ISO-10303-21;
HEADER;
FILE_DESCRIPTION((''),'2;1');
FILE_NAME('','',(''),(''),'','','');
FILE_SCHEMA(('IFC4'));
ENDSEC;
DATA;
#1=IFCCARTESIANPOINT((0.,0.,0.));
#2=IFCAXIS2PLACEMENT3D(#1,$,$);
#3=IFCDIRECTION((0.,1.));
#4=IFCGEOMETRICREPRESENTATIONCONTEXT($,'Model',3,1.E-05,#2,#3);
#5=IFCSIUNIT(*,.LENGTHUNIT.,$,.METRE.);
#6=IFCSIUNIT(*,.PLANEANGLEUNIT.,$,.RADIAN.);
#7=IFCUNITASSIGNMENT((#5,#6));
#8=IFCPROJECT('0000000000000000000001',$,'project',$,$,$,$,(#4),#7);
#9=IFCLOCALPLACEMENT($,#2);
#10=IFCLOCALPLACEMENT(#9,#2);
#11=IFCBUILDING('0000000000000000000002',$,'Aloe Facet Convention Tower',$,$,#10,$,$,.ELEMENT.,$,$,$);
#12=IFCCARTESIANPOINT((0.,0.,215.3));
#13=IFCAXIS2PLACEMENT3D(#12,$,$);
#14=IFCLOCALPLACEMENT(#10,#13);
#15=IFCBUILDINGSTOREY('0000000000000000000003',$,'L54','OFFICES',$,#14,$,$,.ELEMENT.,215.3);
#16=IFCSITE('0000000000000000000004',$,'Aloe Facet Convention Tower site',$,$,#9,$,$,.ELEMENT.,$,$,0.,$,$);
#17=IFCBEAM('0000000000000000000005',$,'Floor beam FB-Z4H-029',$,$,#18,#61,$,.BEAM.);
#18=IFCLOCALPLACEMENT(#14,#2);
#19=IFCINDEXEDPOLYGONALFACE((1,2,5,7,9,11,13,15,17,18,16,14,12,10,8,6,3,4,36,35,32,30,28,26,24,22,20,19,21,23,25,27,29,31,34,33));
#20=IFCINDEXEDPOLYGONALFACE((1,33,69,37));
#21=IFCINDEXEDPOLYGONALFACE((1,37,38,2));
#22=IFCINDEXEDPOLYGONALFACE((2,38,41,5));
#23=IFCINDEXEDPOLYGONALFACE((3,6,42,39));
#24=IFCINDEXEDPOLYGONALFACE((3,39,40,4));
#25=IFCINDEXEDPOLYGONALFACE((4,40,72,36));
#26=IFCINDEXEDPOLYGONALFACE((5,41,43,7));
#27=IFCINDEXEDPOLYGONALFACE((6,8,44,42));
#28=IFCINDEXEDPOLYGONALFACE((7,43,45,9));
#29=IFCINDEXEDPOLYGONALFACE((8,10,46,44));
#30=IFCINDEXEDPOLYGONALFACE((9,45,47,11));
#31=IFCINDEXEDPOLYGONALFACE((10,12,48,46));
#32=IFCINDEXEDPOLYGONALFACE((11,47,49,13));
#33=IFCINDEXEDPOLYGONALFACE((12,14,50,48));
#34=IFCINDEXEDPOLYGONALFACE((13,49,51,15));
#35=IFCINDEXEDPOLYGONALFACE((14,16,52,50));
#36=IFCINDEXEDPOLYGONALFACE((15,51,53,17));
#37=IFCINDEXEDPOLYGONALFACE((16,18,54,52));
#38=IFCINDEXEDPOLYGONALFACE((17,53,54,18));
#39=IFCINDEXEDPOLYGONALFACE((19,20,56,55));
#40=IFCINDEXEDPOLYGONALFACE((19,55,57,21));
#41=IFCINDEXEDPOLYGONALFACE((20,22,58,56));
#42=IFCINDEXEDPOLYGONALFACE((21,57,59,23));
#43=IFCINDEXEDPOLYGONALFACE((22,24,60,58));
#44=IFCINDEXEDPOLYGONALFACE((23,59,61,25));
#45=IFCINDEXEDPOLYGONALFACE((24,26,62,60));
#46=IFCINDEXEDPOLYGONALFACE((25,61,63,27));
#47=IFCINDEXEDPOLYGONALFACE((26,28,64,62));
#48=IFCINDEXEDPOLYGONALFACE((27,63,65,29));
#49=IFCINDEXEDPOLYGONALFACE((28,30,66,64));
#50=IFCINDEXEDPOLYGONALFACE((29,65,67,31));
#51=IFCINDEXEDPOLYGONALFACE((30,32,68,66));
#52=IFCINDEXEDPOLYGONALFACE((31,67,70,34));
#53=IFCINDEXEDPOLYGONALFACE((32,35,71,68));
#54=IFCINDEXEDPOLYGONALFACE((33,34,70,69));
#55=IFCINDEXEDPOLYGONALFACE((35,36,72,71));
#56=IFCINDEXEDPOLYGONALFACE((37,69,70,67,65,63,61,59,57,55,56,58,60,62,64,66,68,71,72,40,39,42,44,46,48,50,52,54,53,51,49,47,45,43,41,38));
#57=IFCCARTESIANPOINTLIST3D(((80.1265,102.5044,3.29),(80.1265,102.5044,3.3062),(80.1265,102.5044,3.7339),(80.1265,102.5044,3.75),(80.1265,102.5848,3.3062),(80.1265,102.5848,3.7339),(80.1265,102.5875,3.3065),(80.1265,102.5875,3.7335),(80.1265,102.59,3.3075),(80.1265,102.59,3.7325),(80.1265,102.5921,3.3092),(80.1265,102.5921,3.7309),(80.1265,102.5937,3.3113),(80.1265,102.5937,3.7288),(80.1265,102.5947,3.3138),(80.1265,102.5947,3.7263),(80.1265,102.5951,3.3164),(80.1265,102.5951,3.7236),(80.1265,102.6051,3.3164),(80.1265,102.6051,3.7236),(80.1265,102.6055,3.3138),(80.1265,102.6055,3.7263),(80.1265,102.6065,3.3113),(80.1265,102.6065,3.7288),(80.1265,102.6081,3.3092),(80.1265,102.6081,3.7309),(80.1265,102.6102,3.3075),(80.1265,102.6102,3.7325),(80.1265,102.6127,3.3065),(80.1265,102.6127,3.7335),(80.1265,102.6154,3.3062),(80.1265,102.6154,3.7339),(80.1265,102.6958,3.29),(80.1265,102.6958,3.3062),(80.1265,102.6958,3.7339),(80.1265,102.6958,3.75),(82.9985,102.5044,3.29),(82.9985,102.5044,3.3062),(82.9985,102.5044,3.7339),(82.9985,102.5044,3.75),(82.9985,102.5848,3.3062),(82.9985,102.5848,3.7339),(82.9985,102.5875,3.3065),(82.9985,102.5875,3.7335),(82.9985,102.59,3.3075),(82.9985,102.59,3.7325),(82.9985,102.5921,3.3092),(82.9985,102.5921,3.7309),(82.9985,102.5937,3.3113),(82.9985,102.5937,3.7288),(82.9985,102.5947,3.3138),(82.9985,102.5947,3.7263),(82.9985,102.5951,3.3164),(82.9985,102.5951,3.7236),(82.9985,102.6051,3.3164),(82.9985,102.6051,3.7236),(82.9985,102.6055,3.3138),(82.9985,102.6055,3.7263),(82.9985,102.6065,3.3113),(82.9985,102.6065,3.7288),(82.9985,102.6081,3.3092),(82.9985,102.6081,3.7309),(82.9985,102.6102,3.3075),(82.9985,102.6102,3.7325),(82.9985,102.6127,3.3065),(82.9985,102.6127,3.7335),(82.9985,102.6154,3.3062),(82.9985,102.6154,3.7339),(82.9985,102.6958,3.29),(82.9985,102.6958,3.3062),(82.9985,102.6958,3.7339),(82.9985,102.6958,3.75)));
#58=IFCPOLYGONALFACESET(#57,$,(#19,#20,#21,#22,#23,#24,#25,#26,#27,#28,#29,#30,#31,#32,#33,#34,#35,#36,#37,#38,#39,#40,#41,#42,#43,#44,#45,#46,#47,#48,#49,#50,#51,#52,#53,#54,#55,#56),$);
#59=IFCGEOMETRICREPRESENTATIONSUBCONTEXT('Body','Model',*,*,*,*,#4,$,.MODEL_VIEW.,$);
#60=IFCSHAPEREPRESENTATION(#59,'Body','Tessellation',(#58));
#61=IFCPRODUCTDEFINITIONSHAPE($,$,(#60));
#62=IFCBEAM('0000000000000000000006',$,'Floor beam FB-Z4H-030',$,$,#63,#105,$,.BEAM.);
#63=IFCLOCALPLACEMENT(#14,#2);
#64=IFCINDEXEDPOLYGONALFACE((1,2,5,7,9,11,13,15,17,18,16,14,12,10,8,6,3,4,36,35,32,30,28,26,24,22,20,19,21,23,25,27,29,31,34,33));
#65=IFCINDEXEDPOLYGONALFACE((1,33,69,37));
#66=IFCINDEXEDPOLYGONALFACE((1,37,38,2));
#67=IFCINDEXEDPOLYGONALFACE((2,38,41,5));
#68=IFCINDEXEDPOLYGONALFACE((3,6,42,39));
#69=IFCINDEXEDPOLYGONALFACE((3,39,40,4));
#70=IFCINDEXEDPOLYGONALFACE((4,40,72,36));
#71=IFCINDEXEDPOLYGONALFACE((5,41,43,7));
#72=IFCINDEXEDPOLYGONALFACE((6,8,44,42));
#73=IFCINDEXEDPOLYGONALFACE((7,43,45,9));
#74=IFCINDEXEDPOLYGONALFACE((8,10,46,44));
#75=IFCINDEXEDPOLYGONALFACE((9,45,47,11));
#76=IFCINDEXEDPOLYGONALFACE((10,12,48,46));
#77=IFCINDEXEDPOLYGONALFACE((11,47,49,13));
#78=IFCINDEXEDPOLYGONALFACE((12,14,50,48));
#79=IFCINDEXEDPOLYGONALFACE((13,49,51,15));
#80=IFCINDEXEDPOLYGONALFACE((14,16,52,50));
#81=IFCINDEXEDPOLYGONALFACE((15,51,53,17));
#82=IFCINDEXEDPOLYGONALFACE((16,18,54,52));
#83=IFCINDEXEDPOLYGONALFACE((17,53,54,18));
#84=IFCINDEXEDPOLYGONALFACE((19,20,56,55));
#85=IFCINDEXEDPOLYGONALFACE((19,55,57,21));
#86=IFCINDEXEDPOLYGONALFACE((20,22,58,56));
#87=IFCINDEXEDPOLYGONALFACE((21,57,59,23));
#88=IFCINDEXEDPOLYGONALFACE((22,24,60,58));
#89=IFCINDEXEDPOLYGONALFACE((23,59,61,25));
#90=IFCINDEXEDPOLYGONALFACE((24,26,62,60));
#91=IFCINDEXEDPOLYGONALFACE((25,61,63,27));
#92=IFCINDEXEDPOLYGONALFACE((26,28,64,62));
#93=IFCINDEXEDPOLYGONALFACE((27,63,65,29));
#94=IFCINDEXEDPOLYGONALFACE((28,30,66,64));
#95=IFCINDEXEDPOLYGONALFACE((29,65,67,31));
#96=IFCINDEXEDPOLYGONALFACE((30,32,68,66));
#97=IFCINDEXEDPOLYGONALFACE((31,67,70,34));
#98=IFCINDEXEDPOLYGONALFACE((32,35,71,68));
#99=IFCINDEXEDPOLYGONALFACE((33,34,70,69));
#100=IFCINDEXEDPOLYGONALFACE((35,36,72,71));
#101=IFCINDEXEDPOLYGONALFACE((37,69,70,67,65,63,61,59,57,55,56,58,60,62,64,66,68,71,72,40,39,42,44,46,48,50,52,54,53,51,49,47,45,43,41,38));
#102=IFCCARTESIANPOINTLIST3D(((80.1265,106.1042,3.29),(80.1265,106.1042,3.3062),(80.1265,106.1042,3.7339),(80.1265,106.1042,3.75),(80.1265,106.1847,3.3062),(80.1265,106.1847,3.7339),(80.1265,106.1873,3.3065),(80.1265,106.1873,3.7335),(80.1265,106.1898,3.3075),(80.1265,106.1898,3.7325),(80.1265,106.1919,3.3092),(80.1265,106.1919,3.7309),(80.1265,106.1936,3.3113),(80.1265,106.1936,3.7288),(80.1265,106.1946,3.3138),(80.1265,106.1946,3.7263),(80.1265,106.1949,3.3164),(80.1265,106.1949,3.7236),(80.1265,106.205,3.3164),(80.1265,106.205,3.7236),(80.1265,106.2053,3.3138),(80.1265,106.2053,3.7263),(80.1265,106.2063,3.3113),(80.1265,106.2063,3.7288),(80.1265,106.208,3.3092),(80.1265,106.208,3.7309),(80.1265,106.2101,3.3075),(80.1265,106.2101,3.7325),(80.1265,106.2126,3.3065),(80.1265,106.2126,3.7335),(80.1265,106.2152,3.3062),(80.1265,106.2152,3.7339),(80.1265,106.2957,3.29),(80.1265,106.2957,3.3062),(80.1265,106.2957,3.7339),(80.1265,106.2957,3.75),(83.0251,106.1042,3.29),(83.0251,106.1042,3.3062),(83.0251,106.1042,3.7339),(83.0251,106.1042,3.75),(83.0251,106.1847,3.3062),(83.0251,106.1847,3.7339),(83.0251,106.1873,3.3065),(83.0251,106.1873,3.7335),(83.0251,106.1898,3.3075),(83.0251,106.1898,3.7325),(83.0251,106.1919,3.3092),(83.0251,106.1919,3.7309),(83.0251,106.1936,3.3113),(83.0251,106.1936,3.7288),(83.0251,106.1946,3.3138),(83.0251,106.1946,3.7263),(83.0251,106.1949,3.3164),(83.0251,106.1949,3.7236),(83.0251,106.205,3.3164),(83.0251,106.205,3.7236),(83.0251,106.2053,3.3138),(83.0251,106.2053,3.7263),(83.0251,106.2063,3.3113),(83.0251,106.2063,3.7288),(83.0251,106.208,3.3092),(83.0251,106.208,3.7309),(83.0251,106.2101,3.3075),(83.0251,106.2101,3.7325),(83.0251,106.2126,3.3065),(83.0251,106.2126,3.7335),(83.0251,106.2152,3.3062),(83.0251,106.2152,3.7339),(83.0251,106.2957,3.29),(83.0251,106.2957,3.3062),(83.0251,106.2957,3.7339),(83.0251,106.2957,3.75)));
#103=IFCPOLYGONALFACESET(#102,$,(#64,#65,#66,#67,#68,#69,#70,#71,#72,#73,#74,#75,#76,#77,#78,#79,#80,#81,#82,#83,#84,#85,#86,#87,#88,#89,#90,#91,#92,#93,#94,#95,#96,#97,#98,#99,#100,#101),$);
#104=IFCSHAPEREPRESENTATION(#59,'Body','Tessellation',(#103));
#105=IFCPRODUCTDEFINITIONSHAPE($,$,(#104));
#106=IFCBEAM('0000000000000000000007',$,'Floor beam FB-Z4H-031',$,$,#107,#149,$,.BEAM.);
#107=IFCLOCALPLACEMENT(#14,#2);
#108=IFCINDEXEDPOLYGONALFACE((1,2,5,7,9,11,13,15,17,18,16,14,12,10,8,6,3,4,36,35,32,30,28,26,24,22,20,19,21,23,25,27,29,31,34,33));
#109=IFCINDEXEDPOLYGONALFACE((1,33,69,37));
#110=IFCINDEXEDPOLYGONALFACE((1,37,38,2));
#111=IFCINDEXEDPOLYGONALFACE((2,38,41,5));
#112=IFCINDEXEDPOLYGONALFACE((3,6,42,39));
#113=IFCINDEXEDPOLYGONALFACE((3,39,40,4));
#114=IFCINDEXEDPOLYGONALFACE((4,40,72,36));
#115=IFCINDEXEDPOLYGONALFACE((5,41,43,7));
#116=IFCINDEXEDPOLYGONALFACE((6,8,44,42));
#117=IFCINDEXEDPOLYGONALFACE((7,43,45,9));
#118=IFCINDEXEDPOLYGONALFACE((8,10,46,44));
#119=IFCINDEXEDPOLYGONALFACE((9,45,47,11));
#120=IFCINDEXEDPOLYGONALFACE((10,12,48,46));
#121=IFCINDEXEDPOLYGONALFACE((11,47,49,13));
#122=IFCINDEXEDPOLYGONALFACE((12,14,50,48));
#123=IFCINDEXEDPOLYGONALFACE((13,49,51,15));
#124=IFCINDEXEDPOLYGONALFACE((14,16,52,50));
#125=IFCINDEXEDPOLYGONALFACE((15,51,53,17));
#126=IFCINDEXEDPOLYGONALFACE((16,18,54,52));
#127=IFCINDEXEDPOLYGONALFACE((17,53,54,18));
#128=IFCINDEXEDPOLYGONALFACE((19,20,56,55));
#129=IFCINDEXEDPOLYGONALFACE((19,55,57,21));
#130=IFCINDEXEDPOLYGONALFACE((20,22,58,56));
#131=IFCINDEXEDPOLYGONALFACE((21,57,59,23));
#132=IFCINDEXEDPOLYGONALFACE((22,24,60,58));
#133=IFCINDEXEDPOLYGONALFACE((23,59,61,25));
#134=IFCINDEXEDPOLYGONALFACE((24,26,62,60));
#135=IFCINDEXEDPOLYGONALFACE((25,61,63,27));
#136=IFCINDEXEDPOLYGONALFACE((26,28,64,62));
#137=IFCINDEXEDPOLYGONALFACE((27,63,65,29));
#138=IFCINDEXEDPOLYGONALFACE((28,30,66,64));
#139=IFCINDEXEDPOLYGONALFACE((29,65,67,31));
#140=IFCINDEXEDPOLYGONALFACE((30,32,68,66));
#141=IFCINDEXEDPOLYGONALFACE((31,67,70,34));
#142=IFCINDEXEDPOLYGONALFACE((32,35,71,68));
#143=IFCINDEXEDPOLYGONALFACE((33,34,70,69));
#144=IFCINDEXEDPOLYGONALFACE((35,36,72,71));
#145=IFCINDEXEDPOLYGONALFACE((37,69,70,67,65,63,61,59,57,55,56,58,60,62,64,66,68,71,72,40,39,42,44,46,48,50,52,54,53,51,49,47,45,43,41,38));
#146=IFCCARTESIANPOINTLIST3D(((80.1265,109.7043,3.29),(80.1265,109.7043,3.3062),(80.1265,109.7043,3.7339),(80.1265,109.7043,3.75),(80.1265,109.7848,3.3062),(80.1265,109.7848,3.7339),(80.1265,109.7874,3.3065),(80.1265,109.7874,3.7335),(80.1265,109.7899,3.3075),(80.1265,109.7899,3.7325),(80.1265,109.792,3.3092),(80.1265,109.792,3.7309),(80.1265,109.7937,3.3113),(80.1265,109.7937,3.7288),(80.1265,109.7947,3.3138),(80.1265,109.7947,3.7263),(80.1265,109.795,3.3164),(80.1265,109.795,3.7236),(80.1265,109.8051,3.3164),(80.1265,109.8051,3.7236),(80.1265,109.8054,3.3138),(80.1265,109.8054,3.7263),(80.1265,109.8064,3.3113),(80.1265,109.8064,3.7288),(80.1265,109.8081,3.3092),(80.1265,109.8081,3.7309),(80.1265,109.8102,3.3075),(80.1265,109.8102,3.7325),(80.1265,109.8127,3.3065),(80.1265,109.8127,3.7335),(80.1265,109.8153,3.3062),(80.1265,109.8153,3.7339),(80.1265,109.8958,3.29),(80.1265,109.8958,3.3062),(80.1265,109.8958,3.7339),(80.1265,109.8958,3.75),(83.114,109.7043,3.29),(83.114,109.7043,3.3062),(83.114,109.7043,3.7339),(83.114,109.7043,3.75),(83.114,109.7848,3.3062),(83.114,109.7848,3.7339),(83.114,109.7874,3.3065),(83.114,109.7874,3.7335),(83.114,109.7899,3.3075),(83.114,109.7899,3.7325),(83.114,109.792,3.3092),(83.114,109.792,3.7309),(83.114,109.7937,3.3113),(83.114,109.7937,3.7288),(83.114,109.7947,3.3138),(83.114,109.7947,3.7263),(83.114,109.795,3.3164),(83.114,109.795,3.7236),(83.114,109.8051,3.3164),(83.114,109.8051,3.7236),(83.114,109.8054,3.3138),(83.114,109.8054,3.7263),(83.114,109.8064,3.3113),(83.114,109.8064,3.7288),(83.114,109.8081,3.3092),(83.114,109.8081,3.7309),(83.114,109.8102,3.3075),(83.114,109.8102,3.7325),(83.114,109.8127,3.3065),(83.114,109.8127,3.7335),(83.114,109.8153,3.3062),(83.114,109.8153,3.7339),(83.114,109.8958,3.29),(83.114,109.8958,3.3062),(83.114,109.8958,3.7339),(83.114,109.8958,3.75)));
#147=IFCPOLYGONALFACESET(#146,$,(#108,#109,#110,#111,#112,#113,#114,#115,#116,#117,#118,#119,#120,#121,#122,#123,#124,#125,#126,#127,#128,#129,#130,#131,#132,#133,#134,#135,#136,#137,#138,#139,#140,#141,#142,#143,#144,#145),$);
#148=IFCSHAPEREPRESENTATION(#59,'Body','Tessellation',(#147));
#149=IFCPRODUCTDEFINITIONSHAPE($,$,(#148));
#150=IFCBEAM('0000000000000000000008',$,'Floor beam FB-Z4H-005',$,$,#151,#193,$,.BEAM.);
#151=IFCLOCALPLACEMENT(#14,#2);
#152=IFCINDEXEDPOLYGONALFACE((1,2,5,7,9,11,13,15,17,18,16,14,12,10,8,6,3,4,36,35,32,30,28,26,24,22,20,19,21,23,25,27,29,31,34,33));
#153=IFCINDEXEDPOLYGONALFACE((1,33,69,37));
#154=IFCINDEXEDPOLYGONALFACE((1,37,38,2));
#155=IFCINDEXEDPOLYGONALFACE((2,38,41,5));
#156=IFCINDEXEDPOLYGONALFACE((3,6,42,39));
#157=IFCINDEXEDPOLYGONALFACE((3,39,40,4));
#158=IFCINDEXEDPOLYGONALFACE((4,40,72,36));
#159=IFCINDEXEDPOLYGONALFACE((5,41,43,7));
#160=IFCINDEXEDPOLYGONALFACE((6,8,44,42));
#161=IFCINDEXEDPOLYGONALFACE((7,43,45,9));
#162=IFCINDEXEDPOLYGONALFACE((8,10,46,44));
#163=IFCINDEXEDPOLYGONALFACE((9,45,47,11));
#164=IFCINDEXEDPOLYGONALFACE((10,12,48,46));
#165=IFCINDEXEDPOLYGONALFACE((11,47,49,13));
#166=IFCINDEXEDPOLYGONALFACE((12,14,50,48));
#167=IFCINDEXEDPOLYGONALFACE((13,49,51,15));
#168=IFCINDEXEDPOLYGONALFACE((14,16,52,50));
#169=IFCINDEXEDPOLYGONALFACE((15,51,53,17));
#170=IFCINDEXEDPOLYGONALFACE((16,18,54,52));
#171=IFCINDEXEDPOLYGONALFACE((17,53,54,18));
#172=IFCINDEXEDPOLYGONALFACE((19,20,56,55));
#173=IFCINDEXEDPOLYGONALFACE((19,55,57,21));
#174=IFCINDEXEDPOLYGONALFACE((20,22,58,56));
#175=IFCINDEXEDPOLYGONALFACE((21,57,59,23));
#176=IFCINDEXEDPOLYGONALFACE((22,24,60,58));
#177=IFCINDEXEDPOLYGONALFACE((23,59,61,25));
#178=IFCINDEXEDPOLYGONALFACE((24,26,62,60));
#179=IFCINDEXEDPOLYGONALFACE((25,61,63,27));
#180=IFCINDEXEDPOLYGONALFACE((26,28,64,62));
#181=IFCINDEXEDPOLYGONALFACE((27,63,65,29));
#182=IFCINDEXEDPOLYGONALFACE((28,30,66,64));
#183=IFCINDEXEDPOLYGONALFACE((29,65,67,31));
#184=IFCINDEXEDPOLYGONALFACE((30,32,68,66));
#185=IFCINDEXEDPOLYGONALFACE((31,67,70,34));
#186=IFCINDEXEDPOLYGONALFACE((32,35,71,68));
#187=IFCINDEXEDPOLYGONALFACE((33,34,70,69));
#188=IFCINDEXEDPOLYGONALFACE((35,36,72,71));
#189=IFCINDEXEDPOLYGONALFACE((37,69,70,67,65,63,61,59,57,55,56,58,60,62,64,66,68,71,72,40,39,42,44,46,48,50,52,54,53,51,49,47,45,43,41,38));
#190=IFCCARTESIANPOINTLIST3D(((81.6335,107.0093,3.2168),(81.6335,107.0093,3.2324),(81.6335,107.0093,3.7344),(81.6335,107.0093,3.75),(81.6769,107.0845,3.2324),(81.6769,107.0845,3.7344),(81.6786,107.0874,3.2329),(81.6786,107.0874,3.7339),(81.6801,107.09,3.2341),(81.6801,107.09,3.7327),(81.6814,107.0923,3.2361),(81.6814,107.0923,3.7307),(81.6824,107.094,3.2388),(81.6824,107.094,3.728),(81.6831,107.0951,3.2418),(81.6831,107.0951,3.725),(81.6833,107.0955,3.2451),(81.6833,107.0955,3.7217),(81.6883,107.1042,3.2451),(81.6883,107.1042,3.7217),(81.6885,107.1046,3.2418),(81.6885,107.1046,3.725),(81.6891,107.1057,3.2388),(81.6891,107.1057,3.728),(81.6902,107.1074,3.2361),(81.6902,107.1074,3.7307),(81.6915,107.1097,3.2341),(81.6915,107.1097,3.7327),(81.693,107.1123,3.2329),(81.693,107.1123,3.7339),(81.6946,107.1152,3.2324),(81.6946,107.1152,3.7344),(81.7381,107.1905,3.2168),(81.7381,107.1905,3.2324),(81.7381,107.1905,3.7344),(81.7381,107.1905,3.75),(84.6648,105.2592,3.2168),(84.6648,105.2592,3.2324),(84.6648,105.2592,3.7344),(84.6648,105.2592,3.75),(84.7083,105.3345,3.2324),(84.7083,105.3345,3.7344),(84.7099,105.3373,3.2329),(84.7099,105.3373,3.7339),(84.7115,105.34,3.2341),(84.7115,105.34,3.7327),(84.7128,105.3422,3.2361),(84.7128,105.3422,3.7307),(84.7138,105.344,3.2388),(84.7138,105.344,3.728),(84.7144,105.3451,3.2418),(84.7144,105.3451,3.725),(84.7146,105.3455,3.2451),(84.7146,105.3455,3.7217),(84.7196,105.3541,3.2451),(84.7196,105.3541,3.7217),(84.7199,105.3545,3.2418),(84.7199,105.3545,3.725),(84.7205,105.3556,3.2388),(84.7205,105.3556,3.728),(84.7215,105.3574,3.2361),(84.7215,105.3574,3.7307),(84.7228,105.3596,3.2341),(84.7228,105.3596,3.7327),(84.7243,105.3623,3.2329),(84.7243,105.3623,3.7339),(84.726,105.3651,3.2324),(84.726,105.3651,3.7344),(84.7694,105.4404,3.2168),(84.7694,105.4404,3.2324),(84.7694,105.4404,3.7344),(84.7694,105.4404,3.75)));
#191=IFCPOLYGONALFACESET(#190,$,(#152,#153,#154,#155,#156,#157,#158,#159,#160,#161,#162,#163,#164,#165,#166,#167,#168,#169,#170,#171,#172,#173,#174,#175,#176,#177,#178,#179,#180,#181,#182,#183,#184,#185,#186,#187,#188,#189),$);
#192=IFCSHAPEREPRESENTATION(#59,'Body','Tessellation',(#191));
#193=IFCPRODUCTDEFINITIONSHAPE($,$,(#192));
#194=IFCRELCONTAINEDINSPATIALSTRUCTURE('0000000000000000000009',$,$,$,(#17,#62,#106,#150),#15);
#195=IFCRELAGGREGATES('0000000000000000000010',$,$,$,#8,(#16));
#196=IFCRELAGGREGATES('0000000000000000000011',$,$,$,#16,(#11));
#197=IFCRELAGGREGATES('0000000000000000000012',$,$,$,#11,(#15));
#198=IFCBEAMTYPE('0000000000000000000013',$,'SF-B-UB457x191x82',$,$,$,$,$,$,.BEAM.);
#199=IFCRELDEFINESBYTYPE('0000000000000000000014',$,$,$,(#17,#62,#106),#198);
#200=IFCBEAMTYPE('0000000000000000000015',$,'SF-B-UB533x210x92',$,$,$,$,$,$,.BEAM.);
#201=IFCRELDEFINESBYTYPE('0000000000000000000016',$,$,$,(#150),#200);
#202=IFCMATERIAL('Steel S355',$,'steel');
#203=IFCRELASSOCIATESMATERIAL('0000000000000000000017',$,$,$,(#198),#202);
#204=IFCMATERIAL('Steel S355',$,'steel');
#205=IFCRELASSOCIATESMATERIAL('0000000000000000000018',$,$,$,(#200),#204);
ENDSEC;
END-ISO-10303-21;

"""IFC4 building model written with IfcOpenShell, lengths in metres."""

from ifc_helpers import new_model, si_unit, direction, frame, origin, origin_2d, place, context, subcontext, project, spatial, i_section, extrude, material, material_profile, profile_set, type_object, element, save


model = new_model("IFC4")

# Units and contexts
model_context = context("Model", 3, precision=1e-05, world=origin(), true_north=direction((0.0, 1.0)))
body_context = subcontext(model_context, "Body", "Model", "MODEL_VIEW")
ifc_project = project(units=[si_unit("LENGTHUNIT", "METRE"), si_unit("PLANEANGLEUNIT", "RADIAN")], contexts=[model_context])

# Site, building, storey
site_placement = place(None, origin())
site = spatial("IfcSite", under=ifc_project, at=site_placement, Name="Aloe Facet Convention Tower site", CompositionType="ELEMENT", RefElevation=0.0)
building_placement = place(site_placement, origin())
building = spatial("IfcBuilding", under=site, at=building_placement, Name="Aloe Facet Convention Tower", CompositionType="ELEMENT")
storey_placement = place(building_placement, frame((0.0, 0.0, 215.3)))
storey = spatial("IfcBuildingStorey", under=building, at=storey_placement, Name="L54", Description="OFFICES", CompositionType="ELEMENT", Elevation=215.3)

# Beams
ifc_material_1 = material(Name="Steel S355", Category="steel")
ifc_material_profile_1 = material_profile(ifc_material_1, i_section(OverallWidth=0.1914, OverallDepth=0.46, WebThickness=0.01, FlangeThickness=0.0161, FilletRadius=0.0103, at=origin_2d()), Name="UB 457x191x82")
ifc_profile_set_1 = profile_set([ifc_material_profile_1], Name="Steel S355")
beam_type_1 = type_object("IfcBeamType", Name="SF-B-UB457x191x82", PredefinedType="BEAM", material=ifc_profile_set_1)
for number, where, z_axis, x_axis, name in (
    (1, (80.1265, 102.6001, 3.52), (1.0, 0.0, 0.0), (0.0, 1.0, 0.0), "Floor beam FB-Z4H-029"),
):
    element("IfcBeam", number, at=place(storey_placement, frame(where, z_axis=z_axis, x_axis=x_axis)), inside=storey, type_object=beam_type_1, Name=name, PredefinedType="BEAM", context=body_context, shape_type="SweptSolid", body=[
        extrude(i_section(OverallWidth=0.1914, OverallDepth=0.46, WebThickness=0.01, FlangeThickness=0.0161, FilletRadius=0.0103, at=origin_2d()), origin(), (0.0, 0.0, 1.0), 2.8721),
    ])
beam_1_placement = place(storey_placement, frame((80.1265, 106.2, 3.52), z_axis=(1.0, 0.0, 0.0), x_axis=(0.0, 1.0, 0.0)))
element("IfcBeam", 2, at=beam_1_placement, inside=storey, type_object=beam_type_1, Name="Floor beam FB-Z4H-030", PredefinedType="BEAM", context=body_context, shape_type="SweptSolid", body=[
    extrude(i_section(OverallWidth=0.1914, OverallDepth=0.46, WebThickness=0.01, FlangeThickness=0.0161, FilletRadius=0.0103, at=origin_2d()), origin(), (0.0, 0.0, 1.0), 2.8987),
])
beam_2_placement = place(storey_placement, frame((80.1265, 109.8, 3.52), z_axis=(1.0, 0.0, 0.0), x_axis=(0.0, 1.0, 0.0)))
element("IfcBeam", 3, at=beam_2_placement, inside=storey, type_object=beam_type_1, Name="Floor beam FB-Z4H-031", PredefinedType="BEAM", context=body_context, shape_type="SweptSolid", body=[
    extrude(i_section(OverallWidth=0.1914, OverallDepth=0.46, WebThickness=0.01, FlangeThickness=0.0161, FilletRadius=0.0103, at=origin_2d()), origin(), (0.0, 0.0, 1.0), 2.9875),
])
ifc_material_2 = material(Name="Steel S355", Category="steel")
ifc_material_profile_2 = material_profile(ifc_material_2, i_section(OverallWidth=0.2092, OverallDepth=0.5332, WebThickness=0.01, FlangeThickness=0.0156, FilletRadius=0.0127, at=origin_2d()), Name="UB 533x210x92")
ifc_profile_set_2 = profile_set([ifc_material_profile_2], Name="Steel S355")
beam_type_2 = type_object("IfcBeamType", Name="SF-B-UB533x210x92", PredefinedType="BEAM", material=ifc_profile_set_2)
beam_3_placement = place(storey_placement, frame((81.6858, 107.0999, 3.4834), z_axis=(0.866037, -0.49998, 0.0), x_axis=(0.49998, 0.866037, 0.0)))
element("IfcBeam", 4, at=beam_3_placement, inside=storey, type_object=beam_type_2, Name="Floor beam FB-Z4H-005", PredefinedType="BEAM", context=body_context, shape_type="SweptSolid", body=[
    extrude(i_section(OverallWidth=0.2092, OverallDepth=0.5332, WebThickness=0.01, FlangeThickness=0.0156, FilletRadius=0.0127, at=origin_2d()), origin(), (0.0, 0.0, 1.0), 3.5002),
])

save(model, "model.ifc")
